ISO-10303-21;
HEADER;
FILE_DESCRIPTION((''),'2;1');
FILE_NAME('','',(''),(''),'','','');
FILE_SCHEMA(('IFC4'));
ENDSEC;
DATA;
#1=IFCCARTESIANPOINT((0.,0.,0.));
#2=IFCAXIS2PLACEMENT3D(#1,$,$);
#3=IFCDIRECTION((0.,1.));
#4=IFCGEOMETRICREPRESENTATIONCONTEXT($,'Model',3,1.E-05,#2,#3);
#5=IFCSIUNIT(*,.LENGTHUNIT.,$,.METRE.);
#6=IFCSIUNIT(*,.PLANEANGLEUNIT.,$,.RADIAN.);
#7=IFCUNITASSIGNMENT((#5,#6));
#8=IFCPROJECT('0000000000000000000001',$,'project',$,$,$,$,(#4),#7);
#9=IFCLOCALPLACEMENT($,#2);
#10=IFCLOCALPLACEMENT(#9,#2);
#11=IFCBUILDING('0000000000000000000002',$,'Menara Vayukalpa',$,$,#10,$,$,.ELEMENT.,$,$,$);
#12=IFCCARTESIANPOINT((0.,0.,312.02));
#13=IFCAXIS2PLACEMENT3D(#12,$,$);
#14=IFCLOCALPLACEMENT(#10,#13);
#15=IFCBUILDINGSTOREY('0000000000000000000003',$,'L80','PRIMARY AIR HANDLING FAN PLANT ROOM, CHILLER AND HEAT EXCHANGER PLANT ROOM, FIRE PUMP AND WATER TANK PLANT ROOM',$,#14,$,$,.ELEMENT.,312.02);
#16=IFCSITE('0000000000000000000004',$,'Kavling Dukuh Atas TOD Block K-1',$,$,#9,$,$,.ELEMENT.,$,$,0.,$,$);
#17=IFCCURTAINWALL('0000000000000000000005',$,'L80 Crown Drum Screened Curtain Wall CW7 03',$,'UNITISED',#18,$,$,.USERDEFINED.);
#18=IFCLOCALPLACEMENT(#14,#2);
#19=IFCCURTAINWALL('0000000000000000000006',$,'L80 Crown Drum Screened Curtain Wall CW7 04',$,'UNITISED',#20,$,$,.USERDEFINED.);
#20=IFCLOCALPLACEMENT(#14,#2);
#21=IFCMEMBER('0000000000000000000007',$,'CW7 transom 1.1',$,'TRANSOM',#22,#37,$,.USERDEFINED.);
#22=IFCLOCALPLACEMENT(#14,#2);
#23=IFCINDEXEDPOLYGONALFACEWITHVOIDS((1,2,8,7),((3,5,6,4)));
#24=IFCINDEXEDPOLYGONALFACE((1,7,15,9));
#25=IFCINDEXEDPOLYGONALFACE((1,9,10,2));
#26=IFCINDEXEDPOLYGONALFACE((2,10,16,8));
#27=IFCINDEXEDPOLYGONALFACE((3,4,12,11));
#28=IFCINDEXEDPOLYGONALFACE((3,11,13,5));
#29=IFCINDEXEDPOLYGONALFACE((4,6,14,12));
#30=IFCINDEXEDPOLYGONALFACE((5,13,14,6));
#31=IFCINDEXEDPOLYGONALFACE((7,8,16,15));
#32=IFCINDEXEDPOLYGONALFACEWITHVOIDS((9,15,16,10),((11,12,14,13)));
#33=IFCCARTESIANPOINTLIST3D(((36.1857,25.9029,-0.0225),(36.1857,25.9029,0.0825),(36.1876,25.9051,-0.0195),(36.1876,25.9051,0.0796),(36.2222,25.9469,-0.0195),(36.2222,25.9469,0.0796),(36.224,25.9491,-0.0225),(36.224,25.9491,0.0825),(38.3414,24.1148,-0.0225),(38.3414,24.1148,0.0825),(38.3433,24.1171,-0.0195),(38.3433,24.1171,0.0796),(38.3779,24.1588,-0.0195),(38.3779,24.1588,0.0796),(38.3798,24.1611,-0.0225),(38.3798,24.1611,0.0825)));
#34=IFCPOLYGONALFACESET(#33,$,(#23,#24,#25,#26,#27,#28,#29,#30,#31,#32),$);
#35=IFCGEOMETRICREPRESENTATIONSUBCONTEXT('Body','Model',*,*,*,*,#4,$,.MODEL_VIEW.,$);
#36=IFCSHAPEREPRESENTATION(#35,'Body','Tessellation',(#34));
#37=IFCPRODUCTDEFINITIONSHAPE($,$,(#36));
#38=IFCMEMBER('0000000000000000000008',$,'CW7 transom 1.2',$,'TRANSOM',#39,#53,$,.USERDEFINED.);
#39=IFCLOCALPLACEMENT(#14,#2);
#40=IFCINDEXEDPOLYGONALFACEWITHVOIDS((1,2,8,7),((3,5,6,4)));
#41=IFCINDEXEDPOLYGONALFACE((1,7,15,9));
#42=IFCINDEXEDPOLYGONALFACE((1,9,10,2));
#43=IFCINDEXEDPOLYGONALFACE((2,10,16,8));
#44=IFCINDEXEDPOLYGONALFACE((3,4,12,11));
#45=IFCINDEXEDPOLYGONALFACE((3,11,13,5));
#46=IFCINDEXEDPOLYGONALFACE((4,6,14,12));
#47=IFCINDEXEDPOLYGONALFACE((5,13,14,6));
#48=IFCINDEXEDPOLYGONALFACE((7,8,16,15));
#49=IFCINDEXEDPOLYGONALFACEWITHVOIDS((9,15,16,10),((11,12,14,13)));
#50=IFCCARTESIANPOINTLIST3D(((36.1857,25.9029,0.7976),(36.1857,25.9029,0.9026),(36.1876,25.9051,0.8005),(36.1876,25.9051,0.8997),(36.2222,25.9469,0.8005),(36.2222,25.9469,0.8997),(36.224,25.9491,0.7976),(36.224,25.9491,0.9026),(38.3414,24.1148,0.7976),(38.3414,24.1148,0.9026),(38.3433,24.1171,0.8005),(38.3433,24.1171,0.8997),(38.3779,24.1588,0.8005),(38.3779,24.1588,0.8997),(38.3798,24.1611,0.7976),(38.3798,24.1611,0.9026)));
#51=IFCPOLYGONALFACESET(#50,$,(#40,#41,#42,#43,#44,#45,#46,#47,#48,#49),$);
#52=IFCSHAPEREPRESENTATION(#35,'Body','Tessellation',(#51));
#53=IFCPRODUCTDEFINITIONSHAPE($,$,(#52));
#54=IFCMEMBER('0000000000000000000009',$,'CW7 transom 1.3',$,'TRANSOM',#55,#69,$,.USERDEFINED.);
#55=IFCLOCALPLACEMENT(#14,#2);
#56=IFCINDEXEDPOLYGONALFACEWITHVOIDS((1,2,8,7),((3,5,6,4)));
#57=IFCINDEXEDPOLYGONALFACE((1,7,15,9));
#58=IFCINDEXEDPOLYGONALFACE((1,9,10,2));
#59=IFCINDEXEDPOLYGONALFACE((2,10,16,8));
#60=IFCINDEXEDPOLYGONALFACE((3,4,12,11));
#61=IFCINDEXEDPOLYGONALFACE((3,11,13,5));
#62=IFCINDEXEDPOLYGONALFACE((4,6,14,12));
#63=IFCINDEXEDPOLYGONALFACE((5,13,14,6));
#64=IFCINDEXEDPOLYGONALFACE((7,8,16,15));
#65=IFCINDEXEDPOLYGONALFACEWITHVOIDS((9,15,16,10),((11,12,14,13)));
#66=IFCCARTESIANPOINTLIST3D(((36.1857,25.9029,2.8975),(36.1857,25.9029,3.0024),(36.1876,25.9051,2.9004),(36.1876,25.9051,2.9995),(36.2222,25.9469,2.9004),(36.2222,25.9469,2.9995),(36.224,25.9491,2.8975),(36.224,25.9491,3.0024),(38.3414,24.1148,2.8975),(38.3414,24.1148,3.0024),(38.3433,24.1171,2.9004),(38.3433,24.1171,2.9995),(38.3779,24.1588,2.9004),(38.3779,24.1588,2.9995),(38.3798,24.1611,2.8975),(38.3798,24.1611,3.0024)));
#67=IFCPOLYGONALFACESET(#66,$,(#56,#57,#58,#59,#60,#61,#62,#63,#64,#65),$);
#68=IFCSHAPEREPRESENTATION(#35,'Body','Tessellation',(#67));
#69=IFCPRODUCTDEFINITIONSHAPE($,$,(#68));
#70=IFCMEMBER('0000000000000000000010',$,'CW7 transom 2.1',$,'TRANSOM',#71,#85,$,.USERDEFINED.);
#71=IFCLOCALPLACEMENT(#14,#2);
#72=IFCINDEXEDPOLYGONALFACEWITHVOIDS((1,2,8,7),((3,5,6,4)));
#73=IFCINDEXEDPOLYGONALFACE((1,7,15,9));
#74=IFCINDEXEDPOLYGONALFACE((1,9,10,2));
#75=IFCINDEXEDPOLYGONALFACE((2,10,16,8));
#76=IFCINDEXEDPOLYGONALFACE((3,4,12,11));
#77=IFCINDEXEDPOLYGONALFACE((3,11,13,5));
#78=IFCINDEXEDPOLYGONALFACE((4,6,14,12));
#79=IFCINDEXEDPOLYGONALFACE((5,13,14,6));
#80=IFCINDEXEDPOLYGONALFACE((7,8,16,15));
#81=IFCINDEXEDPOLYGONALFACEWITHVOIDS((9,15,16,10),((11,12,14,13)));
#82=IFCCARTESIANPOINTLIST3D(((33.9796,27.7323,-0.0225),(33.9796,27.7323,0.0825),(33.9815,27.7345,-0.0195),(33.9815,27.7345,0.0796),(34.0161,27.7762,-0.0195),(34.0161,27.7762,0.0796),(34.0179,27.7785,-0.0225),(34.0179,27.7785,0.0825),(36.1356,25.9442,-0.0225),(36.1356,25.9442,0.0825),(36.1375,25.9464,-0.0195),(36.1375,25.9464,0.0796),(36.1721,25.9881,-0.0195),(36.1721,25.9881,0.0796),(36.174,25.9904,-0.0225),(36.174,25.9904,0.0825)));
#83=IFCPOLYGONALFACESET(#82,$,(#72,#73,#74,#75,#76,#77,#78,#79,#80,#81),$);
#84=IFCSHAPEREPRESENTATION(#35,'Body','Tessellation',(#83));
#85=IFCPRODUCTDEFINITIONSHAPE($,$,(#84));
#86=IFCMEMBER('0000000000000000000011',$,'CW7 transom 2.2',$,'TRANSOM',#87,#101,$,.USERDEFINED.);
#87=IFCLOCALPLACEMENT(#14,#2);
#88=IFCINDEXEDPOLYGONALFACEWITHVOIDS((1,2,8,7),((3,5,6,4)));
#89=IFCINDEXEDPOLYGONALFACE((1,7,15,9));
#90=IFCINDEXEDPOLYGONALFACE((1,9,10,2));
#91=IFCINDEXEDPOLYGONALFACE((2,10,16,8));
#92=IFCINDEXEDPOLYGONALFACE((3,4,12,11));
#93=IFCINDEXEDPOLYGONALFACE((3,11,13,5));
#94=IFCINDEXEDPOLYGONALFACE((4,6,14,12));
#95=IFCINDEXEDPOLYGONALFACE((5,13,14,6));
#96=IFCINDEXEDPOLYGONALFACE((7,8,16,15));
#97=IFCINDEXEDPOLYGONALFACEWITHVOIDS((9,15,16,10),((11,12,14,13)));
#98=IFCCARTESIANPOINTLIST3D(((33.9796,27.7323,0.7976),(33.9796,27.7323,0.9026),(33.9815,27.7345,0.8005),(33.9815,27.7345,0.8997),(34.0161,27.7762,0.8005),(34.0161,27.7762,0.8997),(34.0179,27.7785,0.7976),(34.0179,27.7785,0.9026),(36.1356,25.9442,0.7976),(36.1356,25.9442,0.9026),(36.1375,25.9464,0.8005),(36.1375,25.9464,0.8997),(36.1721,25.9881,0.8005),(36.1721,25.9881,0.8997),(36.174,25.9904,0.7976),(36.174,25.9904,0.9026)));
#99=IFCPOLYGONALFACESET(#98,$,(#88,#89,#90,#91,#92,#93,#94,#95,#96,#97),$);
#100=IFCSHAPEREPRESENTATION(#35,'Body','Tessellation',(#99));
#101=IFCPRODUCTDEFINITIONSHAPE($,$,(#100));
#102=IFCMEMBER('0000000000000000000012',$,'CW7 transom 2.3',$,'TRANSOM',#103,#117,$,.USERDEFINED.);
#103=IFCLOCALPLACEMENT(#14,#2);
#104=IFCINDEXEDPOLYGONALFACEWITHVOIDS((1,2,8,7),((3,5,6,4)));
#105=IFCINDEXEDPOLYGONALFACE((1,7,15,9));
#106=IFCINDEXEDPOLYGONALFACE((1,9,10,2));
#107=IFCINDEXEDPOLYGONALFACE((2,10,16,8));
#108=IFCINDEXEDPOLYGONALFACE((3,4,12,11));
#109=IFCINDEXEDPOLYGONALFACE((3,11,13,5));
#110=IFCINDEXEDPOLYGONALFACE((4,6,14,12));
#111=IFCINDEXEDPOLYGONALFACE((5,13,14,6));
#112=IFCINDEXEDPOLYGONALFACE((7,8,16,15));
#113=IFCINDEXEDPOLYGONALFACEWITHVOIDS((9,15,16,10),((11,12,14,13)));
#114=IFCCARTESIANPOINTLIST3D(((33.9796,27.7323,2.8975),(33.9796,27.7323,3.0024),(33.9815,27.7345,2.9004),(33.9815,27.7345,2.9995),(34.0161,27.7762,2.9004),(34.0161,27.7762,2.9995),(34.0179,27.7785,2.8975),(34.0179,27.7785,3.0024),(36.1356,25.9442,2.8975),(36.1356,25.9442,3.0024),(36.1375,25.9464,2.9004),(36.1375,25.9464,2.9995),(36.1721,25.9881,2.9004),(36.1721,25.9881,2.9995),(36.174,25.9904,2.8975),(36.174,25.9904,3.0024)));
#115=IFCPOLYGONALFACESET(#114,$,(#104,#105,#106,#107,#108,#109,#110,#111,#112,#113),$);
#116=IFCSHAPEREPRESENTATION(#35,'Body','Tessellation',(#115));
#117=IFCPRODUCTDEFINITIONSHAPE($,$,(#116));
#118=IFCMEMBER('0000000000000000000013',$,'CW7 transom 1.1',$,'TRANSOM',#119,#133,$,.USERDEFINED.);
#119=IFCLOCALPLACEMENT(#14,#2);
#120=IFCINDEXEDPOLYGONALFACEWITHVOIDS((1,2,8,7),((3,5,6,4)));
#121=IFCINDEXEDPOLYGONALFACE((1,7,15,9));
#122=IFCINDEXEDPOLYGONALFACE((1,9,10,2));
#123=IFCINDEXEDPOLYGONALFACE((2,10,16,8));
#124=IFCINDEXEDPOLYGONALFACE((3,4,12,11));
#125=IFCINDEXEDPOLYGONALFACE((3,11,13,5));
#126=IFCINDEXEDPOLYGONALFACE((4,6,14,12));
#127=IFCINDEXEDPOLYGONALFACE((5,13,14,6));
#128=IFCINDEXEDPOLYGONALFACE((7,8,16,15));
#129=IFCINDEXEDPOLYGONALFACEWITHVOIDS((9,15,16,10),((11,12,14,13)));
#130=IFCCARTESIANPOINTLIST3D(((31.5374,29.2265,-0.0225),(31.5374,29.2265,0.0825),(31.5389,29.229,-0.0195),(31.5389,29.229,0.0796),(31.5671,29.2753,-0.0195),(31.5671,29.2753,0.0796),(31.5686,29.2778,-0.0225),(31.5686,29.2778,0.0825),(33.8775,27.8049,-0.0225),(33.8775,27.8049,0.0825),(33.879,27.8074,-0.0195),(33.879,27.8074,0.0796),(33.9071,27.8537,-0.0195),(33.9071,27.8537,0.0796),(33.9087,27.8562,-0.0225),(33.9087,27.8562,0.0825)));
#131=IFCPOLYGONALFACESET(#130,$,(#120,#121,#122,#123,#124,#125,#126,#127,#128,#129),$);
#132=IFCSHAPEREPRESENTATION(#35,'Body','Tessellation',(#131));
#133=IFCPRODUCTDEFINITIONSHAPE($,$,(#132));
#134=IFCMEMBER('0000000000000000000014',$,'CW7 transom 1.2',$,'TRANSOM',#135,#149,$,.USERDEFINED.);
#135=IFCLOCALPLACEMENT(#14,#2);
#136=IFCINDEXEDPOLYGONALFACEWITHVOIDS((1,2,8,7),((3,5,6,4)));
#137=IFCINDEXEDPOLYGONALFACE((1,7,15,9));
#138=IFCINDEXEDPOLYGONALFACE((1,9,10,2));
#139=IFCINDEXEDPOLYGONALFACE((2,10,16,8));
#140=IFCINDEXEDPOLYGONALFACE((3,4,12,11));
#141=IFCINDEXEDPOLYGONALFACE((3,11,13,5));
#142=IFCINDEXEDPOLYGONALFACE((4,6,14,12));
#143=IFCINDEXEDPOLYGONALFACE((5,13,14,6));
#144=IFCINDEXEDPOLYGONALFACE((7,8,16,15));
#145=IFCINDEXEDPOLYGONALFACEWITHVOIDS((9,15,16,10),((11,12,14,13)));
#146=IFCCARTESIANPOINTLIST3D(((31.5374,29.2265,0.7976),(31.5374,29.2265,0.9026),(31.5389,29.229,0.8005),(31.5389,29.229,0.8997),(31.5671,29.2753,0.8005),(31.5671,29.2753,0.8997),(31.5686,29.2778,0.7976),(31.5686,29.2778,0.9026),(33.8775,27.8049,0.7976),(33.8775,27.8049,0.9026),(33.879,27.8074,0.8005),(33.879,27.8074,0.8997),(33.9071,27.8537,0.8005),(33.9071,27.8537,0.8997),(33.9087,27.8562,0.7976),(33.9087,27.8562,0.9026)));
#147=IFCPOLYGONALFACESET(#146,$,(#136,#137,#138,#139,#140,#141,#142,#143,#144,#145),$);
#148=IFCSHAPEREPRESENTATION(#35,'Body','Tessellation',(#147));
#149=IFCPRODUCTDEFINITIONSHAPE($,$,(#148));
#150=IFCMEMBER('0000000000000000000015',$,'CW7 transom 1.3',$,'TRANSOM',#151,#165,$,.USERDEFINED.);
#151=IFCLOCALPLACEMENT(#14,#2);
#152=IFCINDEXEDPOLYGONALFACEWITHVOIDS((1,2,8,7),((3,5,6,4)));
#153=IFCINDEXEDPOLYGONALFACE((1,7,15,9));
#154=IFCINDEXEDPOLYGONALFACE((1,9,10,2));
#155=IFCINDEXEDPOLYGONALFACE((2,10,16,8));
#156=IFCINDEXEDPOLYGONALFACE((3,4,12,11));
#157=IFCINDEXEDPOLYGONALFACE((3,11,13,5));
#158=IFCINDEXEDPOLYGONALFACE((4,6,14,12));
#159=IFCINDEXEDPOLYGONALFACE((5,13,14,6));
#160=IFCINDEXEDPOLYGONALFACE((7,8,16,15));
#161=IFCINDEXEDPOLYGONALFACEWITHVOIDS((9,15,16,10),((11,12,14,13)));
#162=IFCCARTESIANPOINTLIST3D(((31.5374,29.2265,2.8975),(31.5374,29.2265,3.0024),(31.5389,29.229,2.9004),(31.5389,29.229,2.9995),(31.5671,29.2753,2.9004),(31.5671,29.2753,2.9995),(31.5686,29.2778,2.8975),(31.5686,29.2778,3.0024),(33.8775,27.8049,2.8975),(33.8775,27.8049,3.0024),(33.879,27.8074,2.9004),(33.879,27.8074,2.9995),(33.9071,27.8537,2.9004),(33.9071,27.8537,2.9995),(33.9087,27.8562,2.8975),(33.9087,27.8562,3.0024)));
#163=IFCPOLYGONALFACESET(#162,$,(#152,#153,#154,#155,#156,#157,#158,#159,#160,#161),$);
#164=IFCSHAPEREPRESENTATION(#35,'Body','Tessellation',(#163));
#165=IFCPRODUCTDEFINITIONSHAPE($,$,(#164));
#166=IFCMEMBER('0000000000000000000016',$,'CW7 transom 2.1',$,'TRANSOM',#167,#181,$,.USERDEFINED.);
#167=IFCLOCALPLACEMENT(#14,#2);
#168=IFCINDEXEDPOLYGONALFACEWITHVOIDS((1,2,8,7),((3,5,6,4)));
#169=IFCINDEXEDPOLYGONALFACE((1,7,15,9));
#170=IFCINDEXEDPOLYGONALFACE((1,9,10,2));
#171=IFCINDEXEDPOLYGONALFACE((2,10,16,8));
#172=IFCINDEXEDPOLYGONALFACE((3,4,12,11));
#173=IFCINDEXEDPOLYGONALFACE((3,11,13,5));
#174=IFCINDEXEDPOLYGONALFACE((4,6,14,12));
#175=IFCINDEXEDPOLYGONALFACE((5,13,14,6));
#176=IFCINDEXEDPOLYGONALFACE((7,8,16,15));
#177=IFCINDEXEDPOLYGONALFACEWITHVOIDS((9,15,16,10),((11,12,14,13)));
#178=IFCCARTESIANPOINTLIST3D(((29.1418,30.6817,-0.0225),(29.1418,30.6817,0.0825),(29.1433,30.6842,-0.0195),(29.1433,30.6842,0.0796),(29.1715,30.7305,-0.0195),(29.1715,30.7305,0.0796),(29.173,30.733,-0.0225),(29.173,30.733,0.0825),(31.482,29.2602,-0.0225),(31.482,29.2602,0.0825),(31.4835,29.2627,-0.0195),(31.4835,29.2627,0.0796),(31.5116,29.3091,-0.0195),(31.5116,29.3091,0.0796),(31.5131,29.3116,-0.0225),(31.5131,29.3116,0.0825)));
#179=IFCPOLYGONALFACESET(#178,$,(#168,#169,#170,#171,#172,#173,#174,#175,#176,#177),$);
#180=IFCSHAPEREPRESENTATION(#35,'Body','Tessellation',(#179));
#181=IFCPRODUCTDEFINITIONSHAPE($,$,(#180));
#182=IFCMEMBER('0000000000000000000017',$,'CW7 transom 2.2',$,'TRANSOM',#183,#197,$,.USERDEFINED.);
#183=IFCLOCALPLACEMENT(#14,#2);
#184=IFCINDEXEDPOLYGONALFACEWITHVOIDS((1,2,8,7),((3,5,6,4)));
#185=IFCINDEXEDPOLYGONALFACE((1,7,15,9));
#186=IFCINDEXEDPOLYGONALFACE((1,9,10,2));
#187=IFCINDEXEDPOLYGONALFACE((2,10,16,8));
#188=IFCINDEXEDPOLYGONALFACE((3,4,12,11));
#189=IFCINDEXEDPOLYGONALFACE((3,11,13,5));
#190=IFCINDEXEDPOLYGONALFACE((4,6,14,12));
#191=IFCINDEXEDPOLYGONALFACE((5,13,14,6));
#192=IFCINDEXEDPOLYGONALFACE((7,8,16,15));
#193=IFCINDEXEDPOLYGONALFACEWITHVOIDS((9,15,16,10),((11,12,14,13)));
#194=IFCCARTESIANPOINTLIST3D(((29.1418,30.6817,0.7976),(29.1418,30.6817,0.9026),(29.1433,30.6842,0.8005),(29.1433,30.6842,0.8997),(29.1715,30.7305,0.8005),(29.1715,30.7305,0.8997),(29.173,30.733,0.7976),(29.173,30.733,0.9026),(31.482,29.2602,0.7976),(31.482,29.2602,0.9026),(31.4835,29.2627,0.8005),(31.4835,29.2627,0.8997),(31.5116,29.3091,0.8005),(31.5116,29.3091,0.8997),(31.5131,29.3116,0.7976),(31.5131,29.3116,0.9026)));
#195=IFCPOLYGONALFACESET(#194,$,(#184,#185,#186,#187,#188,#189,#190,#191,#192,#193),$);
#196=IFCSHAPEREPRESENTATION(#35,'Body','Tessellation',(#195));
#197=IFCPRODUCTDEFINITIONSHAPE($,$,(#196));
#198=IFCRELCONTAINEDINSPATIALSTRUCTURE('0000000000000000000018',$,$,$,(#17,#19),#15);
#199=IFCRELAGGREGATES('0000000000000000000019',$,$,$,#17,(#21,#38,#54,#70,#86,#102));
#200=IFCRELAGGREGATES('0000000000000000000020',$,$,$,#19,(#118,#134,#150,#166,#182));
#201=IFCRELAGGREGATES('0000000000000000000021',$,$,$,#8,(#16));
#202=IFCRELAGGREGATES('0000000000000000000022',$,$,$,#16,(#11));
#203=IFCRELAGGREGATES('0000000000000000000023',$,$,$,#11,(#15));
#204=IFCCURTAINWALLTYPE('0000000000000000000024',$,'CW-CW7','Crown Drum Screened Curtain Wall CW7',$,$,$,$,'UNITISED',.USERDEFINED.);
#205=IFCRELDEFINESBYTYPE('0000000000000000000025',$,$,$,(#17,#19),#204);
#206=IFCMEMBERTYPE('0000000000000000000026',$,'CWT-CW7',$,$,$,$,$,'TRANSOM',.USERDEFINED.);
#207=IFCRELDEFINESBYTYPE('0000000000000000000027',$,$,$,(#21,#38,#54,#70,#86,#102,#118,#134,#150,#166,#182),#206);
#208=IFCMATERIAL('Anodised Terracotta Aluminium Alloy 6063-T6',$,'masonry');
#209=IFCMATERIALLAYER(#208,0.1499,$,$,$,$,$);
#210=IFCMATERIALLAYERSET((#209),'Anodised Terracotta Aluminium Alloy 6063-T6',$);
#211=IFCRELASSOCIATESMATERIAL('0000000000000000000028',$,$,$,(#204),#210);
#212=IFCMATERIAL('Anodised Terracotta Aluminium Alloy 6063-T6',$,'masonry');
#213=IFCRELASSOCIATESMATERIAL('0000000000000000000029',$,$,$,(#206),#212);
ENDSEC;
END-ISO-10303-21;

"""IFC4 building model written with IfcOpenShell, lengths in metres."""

from ifc_helpers import new_model, si_unit, direction, frame, origin, origin_2d, place, context, subcontext, project, spatial, hollow_rectangle, extrude, material, layer, layer_set, material_profile, profile_set, type_object, element, aggregate, save


model = new_model("IFC4")

# Units and contexts
model_context = context("Model", 3, precision=1e-05, world=origin(), true_north=direction((0.0, 1.0)))
body_context = subcontext(model_context, "Body", "Model", "MODEL_VIEW")
ifc_project = project(units=[si_unit("LENGTHUNIT", "METRE"), si_unit("PLANEANGLEUNIT", "RADIAN")], contexts=[model_context])

# Site, building, storey
site_placement = place(None, origin())
site = spatial("IfcSite", under=ifc_project, at=site_placement, Name="Kavling Dukuh Atas TOD Block K-1", CompositionType="ELEMENT", RefElevation=0.0)
building_placement = place(site_placement, origin())
building = spatial("IfcBuilding", under=site, at=building_placement, Name="Menara Vayukalpa", CompositionType="ELEMENT")
storey_placement = place(building_placement, frame((0.0, 0.0, 312.02)))
storey = spatial("IfcBuildingStorey", under=building, at=storey_placement, Name="L80", Description="PRIMARY AIR HANDLING FAN PLANT ROOM, CHILLER AND HEAT EXCHANGER PLANT ROOM, FIRE PUMP AND WATER TANK PLANT ROOM", CompositionType="ELEMENT", Elevation=312.02)

# Curtain walls
ifc_material_1 = material(Name="Anodised Terracotta Aluminium Alloy 6063-T6", Category="masonry")
ifc_layer_1 = layer(ifc_material_1, 0.1499)
ifc_layer_set_1 = layer_set([ifc_layer_1], Name="Anodised Terracotta Aluminium Alloy 6063-T6")
curtain_wall_type = type_object("IfcCurtainWallType", Name="CW-CW7", Description="Crown Drum Screened Curtain Wall CW7", ElementType="UNITISED", PredefinedType="USERDEFINED", material=ifc_layer_set_1)
curtain_wall_1_placement = place(storey_placement, origin())
curtain_wall_1 = element("IfcCurtainWall", 1, at=curtain_wall_1_placement, inside=storey, type_object=curtain_wall_type, Name="L80 Crown Drum Screened Curtain Wall CW7 03", ObjectType="UNITISED", PredefinedType="USERDEFINED")
curtain_wall_2_placement = place(storey_placement, origin())
curtain_wall_2 = element("IfcCurtainWall", 2, at=curtain_wall_2_placement, inside=storey, type_object=curtain_wall_type, Name="L80 Crown Drum Screened Curtain Wall CW7 04", ObjectType="UNITISED", PredefinedType="USERDEFINED")

# Members
ifc_material_2 = material(Name="Anodised Terracotta Aluminium Alloy 6063-T6", Category="masonry")
ifc_material_profile_1 = material_profile(ifc_material_2, hollow_rectangle(XDim=0.0601, YDim=0.105, WallThickness=0.0029, at=origin_2d()), Name="ALU 60x105x3")
ifc_profile_set_1 = profile_set([ifc_material_profile_1], Name="Anodised Terracotta Aluminium Alloy 6063-T6")
member_type_1 = type_object("IfcMemberType", Name="CWT-CW7", ElementType="TRANSOM", PredefinedType="USERDEFINED", material=ifc_profile_set_1)
member_1_placement = place(storey_placement, frame((38.3606, 24.1379, 0.03), z_axis=(-0.769691, 0.638416, 0.0), x_axis=(-0.638416, -0.769691, 0.0)))
member_1 = element("IfcMember", 3, at=member_1_placement, type_object=member_type_1, Name="CW7 transom 1.1", ObjectType="TRANSOM", PredefinedType="USERDEFINED", context=body_context, shape_type="SweptSolid", body=[
    extrude(hollow_rectangle(XDim=0.0601, YDim=0.105, WallThickness=0.0029, at=origin_2d()), origin(), (0.0, 0.0, 1.0), 2.8008),
])
member_2_placement = place(storey_placement, frame((38.3606, 24.1379, 0.8501), z_axis=(-0.769691, 0.638416, 0.0), x_axis=(-0.638416, -0.769691, 0.0)))
member_2 = element("IfcMember", 4, at=member_2_placement, type_object=member_type_1, Name="CW7 transom 1.2", ObjectType="TRANSOM", PredefinedType="USERDEFINED", context=body_context, shape_type="SweptSolid", body=[
    extrude(hollow_rectangle(XDim=0.0601, YDim=0.105, WallThickness=0.0029, at=origin_2d()), origin(), (0.0, 0.0, 1.0), 2.8008),
])
member_3_placement = place(storey_placement, frame((38.3606, 24.1379, 2.95), z_axis=(-0.769691, 0.638416, 0.0), x_axis=(-0.638416, -0.769691, 0.0)))
member_3 = element("IfcMember", 5, at=member_3_placement, type_object=member_type_1, Name="CW7 transom 1.3", ObjectType="TRANSOM", PredefinedType="USERDEFINED", context=body_context, shape_type="SweptSolid", body=[
    extrude(hollow_rectangle(XDim=0.0601, YDim=0.105, WallThickness=0.0029, at=origin_2d()), origin(), (0.0, 0.0, 1.0), 2.8008),
])
member_4_placement = place(storey_placement, frame((36.1548, 25.9673, 0.03), z_axis=(-0.769727, 0.638374, 0.0), x_axis=(-0.638374, -0.769727, 0.0)))
member_4 = element("IfcMember", 6, at=member_4_placement, type_object=member_type_1, Name="CW7 transom 2.1", ObjectType="TRANSOM", PredefinedType="USERDEFINED", context=body_context, shape_type="SweptSolid", body=[
    extrude(hollow_rectangle(XDim=0.0601, YDim=0.105, WallThickness=0.0029, at=origin_2d()), origin(), (0.0, 0.0, 1.0), 2.801),
])
member_5_placement = place(storey_placement, frame((36.1548, 25.9673, 0.8501), z_axis=(-0.769727, 0.638374, 0.0), x_axis=(-0.638374, -0.769727, 0.0)))
member_5 = element("IfcMember", 7, at=member_5_placement, type_object=member_type_1, Name="CW7 transom 2.2", ObjectType="TRANSOM", PredefinedType="USERDEFINED", context=body_context, shape_type="SweptSolid", body=[
    extrude(hollow_rectangle(XDim=0.0601, YDim=0.105, WallThickness=0.0029, at=origin_2d()), origin(), (0.0, 0.0, 1.0), 2.801),
])
member_6_placement = place(storey_placement, frame((36.1548, 25.9673, 2.95), z_axis=(-0.769727, 0.638374, 0.0), x_axis=(-0.638374, -0.769727, 0.0)))
member_6 = element("IfcMember", 8, at=member_6_placement, type_object=member_type_1, Name="CW7 transom 2.3", ObjectType="TRANSOM", PredefinedType="USERDEFINED", context=body_context, shape_type="SweptSolid", body=[
    extrude(hollow_rectangle(XDim=0.0601, YDim=0.105, WallThickness=0.0029, at=origin_2d()), origin(), (0.0, 0.0, 1.0), 2.801),
])
member_7_placement = place(storey_placement, frame((33.8931, 27.8306, 0.03), z_axis=(-0.854648, 0.519208, 0.0), x_axis=(-0.519208, -0.854648, 0.0)))
member_7 = element("IfcMember", 9, at=member_7_placement, type_object=member_type_1, Name="CW7 transom 1.1", ObjectType="TRANSOM", PredefinedType="USERDEFINED", context=body_context, shape_type="SweptSolid", body=[
    extrude(hollow_rectangle(XDim=0.0601, YDim=0.105, WallThickness=0.0029, at=origin_2d()), origin(), (0.0, 0.0, 1.0), 2.738),
])
member_8_placement = place(storey_placement, frame((33.8931, 27.8306, 0.8501), z_axis=(-0.854648, 0.519208, 0.0), x_axis=(-0.519208, -0.854648, 0.0)))
member_8 = element("IfcMember", 10, at=member_8_placement, type_object=member_type_1, Name="CW7 transom 1.2", ObjectType="TRANSOM", PredefinedType="USERDEFINED", context=body_context, shape_type="SweptSolid", body=[
    extrude(hollow_rectangle(XDim=0.0601, YDim=0.105, WallThickness=0.0029, at=origin_2d()), origin(), (0.0, 0.0, 1.0), 2.738),
])
member_9_placement = place(storey_placement, frame((33.8931, 27.8306, 2.95), z_axis=(-0.854648, 0.519208, 0.0), x_axis=(-0.519208, -0.854648, 0.0)))
member_9 = element("IfcMember", 11, at=member_9_placement, type_object=member_type_1, Name="CW7 transom 1.3", ObjectType="TRANSOM", PredefinedType="USERDEFINED", context=body_context, shape_type="SweptSolid", body=[
    extrude(hollow_rectangle(XDim=0.0601, YDim=0.105, WallThickness=0.0029, at=origin_2d()), origin(), (0.0, 0.0, 1.0), 2.738),
])
member_10_placement = place(storey_placement, frame((31.4976, 29.2859, 0.03), z_axis=(-0.854687, 0.519143, 0.0), x_axis=(-0.519143, -0.854687, 0.0)))
member_10 = element("IfcMember", 12, at=member_10_placement, type_object=member_type_1, Name="CW7 transom 2.1", ObjectType="TRANSOM", PredefinedType="USERDEFINED", context=body_context, shape_type="SweptSolid", body=[
    extrude(hollow_rectangle(XDim=0.0601, YDim=0.105, WallThickness=0.0029, at=origin_2d()), origin(), (0.0, 0.0, 1.0), 2.738),
])
member_11_placement = place(storey_placement, frame((31.4976, 29.2859, 0.8501), z_axis=(-0.854687, 0.519143, 0.0), x_axis=(-0.519143, -0.854687, 0.0)))
member_11 = element("IfcMember", 13, at=member_11_placement, type_object=member_type_1, Name="CW7 transom 2.2", ObjectType="TRANSOM", PredefinedType="USERDEFINED", context=body_context, shape_type="SweptSolid", body=[
    extrude(hollow_rectangle(XDim=0.0601, YDim=0.105, WallThickness=0.0029, at=origin_2d()), origin(), (0.0, 0.0, 1.0), 2.738),
])

aggregate(curtain_wall_1, [member_1, member_2, member_3, member_4, member_5, member_6])
aggregate(curtain_wall_2, [member_7, member_8, member_9, member_10, member_11])

save(model, "model.ifc")
